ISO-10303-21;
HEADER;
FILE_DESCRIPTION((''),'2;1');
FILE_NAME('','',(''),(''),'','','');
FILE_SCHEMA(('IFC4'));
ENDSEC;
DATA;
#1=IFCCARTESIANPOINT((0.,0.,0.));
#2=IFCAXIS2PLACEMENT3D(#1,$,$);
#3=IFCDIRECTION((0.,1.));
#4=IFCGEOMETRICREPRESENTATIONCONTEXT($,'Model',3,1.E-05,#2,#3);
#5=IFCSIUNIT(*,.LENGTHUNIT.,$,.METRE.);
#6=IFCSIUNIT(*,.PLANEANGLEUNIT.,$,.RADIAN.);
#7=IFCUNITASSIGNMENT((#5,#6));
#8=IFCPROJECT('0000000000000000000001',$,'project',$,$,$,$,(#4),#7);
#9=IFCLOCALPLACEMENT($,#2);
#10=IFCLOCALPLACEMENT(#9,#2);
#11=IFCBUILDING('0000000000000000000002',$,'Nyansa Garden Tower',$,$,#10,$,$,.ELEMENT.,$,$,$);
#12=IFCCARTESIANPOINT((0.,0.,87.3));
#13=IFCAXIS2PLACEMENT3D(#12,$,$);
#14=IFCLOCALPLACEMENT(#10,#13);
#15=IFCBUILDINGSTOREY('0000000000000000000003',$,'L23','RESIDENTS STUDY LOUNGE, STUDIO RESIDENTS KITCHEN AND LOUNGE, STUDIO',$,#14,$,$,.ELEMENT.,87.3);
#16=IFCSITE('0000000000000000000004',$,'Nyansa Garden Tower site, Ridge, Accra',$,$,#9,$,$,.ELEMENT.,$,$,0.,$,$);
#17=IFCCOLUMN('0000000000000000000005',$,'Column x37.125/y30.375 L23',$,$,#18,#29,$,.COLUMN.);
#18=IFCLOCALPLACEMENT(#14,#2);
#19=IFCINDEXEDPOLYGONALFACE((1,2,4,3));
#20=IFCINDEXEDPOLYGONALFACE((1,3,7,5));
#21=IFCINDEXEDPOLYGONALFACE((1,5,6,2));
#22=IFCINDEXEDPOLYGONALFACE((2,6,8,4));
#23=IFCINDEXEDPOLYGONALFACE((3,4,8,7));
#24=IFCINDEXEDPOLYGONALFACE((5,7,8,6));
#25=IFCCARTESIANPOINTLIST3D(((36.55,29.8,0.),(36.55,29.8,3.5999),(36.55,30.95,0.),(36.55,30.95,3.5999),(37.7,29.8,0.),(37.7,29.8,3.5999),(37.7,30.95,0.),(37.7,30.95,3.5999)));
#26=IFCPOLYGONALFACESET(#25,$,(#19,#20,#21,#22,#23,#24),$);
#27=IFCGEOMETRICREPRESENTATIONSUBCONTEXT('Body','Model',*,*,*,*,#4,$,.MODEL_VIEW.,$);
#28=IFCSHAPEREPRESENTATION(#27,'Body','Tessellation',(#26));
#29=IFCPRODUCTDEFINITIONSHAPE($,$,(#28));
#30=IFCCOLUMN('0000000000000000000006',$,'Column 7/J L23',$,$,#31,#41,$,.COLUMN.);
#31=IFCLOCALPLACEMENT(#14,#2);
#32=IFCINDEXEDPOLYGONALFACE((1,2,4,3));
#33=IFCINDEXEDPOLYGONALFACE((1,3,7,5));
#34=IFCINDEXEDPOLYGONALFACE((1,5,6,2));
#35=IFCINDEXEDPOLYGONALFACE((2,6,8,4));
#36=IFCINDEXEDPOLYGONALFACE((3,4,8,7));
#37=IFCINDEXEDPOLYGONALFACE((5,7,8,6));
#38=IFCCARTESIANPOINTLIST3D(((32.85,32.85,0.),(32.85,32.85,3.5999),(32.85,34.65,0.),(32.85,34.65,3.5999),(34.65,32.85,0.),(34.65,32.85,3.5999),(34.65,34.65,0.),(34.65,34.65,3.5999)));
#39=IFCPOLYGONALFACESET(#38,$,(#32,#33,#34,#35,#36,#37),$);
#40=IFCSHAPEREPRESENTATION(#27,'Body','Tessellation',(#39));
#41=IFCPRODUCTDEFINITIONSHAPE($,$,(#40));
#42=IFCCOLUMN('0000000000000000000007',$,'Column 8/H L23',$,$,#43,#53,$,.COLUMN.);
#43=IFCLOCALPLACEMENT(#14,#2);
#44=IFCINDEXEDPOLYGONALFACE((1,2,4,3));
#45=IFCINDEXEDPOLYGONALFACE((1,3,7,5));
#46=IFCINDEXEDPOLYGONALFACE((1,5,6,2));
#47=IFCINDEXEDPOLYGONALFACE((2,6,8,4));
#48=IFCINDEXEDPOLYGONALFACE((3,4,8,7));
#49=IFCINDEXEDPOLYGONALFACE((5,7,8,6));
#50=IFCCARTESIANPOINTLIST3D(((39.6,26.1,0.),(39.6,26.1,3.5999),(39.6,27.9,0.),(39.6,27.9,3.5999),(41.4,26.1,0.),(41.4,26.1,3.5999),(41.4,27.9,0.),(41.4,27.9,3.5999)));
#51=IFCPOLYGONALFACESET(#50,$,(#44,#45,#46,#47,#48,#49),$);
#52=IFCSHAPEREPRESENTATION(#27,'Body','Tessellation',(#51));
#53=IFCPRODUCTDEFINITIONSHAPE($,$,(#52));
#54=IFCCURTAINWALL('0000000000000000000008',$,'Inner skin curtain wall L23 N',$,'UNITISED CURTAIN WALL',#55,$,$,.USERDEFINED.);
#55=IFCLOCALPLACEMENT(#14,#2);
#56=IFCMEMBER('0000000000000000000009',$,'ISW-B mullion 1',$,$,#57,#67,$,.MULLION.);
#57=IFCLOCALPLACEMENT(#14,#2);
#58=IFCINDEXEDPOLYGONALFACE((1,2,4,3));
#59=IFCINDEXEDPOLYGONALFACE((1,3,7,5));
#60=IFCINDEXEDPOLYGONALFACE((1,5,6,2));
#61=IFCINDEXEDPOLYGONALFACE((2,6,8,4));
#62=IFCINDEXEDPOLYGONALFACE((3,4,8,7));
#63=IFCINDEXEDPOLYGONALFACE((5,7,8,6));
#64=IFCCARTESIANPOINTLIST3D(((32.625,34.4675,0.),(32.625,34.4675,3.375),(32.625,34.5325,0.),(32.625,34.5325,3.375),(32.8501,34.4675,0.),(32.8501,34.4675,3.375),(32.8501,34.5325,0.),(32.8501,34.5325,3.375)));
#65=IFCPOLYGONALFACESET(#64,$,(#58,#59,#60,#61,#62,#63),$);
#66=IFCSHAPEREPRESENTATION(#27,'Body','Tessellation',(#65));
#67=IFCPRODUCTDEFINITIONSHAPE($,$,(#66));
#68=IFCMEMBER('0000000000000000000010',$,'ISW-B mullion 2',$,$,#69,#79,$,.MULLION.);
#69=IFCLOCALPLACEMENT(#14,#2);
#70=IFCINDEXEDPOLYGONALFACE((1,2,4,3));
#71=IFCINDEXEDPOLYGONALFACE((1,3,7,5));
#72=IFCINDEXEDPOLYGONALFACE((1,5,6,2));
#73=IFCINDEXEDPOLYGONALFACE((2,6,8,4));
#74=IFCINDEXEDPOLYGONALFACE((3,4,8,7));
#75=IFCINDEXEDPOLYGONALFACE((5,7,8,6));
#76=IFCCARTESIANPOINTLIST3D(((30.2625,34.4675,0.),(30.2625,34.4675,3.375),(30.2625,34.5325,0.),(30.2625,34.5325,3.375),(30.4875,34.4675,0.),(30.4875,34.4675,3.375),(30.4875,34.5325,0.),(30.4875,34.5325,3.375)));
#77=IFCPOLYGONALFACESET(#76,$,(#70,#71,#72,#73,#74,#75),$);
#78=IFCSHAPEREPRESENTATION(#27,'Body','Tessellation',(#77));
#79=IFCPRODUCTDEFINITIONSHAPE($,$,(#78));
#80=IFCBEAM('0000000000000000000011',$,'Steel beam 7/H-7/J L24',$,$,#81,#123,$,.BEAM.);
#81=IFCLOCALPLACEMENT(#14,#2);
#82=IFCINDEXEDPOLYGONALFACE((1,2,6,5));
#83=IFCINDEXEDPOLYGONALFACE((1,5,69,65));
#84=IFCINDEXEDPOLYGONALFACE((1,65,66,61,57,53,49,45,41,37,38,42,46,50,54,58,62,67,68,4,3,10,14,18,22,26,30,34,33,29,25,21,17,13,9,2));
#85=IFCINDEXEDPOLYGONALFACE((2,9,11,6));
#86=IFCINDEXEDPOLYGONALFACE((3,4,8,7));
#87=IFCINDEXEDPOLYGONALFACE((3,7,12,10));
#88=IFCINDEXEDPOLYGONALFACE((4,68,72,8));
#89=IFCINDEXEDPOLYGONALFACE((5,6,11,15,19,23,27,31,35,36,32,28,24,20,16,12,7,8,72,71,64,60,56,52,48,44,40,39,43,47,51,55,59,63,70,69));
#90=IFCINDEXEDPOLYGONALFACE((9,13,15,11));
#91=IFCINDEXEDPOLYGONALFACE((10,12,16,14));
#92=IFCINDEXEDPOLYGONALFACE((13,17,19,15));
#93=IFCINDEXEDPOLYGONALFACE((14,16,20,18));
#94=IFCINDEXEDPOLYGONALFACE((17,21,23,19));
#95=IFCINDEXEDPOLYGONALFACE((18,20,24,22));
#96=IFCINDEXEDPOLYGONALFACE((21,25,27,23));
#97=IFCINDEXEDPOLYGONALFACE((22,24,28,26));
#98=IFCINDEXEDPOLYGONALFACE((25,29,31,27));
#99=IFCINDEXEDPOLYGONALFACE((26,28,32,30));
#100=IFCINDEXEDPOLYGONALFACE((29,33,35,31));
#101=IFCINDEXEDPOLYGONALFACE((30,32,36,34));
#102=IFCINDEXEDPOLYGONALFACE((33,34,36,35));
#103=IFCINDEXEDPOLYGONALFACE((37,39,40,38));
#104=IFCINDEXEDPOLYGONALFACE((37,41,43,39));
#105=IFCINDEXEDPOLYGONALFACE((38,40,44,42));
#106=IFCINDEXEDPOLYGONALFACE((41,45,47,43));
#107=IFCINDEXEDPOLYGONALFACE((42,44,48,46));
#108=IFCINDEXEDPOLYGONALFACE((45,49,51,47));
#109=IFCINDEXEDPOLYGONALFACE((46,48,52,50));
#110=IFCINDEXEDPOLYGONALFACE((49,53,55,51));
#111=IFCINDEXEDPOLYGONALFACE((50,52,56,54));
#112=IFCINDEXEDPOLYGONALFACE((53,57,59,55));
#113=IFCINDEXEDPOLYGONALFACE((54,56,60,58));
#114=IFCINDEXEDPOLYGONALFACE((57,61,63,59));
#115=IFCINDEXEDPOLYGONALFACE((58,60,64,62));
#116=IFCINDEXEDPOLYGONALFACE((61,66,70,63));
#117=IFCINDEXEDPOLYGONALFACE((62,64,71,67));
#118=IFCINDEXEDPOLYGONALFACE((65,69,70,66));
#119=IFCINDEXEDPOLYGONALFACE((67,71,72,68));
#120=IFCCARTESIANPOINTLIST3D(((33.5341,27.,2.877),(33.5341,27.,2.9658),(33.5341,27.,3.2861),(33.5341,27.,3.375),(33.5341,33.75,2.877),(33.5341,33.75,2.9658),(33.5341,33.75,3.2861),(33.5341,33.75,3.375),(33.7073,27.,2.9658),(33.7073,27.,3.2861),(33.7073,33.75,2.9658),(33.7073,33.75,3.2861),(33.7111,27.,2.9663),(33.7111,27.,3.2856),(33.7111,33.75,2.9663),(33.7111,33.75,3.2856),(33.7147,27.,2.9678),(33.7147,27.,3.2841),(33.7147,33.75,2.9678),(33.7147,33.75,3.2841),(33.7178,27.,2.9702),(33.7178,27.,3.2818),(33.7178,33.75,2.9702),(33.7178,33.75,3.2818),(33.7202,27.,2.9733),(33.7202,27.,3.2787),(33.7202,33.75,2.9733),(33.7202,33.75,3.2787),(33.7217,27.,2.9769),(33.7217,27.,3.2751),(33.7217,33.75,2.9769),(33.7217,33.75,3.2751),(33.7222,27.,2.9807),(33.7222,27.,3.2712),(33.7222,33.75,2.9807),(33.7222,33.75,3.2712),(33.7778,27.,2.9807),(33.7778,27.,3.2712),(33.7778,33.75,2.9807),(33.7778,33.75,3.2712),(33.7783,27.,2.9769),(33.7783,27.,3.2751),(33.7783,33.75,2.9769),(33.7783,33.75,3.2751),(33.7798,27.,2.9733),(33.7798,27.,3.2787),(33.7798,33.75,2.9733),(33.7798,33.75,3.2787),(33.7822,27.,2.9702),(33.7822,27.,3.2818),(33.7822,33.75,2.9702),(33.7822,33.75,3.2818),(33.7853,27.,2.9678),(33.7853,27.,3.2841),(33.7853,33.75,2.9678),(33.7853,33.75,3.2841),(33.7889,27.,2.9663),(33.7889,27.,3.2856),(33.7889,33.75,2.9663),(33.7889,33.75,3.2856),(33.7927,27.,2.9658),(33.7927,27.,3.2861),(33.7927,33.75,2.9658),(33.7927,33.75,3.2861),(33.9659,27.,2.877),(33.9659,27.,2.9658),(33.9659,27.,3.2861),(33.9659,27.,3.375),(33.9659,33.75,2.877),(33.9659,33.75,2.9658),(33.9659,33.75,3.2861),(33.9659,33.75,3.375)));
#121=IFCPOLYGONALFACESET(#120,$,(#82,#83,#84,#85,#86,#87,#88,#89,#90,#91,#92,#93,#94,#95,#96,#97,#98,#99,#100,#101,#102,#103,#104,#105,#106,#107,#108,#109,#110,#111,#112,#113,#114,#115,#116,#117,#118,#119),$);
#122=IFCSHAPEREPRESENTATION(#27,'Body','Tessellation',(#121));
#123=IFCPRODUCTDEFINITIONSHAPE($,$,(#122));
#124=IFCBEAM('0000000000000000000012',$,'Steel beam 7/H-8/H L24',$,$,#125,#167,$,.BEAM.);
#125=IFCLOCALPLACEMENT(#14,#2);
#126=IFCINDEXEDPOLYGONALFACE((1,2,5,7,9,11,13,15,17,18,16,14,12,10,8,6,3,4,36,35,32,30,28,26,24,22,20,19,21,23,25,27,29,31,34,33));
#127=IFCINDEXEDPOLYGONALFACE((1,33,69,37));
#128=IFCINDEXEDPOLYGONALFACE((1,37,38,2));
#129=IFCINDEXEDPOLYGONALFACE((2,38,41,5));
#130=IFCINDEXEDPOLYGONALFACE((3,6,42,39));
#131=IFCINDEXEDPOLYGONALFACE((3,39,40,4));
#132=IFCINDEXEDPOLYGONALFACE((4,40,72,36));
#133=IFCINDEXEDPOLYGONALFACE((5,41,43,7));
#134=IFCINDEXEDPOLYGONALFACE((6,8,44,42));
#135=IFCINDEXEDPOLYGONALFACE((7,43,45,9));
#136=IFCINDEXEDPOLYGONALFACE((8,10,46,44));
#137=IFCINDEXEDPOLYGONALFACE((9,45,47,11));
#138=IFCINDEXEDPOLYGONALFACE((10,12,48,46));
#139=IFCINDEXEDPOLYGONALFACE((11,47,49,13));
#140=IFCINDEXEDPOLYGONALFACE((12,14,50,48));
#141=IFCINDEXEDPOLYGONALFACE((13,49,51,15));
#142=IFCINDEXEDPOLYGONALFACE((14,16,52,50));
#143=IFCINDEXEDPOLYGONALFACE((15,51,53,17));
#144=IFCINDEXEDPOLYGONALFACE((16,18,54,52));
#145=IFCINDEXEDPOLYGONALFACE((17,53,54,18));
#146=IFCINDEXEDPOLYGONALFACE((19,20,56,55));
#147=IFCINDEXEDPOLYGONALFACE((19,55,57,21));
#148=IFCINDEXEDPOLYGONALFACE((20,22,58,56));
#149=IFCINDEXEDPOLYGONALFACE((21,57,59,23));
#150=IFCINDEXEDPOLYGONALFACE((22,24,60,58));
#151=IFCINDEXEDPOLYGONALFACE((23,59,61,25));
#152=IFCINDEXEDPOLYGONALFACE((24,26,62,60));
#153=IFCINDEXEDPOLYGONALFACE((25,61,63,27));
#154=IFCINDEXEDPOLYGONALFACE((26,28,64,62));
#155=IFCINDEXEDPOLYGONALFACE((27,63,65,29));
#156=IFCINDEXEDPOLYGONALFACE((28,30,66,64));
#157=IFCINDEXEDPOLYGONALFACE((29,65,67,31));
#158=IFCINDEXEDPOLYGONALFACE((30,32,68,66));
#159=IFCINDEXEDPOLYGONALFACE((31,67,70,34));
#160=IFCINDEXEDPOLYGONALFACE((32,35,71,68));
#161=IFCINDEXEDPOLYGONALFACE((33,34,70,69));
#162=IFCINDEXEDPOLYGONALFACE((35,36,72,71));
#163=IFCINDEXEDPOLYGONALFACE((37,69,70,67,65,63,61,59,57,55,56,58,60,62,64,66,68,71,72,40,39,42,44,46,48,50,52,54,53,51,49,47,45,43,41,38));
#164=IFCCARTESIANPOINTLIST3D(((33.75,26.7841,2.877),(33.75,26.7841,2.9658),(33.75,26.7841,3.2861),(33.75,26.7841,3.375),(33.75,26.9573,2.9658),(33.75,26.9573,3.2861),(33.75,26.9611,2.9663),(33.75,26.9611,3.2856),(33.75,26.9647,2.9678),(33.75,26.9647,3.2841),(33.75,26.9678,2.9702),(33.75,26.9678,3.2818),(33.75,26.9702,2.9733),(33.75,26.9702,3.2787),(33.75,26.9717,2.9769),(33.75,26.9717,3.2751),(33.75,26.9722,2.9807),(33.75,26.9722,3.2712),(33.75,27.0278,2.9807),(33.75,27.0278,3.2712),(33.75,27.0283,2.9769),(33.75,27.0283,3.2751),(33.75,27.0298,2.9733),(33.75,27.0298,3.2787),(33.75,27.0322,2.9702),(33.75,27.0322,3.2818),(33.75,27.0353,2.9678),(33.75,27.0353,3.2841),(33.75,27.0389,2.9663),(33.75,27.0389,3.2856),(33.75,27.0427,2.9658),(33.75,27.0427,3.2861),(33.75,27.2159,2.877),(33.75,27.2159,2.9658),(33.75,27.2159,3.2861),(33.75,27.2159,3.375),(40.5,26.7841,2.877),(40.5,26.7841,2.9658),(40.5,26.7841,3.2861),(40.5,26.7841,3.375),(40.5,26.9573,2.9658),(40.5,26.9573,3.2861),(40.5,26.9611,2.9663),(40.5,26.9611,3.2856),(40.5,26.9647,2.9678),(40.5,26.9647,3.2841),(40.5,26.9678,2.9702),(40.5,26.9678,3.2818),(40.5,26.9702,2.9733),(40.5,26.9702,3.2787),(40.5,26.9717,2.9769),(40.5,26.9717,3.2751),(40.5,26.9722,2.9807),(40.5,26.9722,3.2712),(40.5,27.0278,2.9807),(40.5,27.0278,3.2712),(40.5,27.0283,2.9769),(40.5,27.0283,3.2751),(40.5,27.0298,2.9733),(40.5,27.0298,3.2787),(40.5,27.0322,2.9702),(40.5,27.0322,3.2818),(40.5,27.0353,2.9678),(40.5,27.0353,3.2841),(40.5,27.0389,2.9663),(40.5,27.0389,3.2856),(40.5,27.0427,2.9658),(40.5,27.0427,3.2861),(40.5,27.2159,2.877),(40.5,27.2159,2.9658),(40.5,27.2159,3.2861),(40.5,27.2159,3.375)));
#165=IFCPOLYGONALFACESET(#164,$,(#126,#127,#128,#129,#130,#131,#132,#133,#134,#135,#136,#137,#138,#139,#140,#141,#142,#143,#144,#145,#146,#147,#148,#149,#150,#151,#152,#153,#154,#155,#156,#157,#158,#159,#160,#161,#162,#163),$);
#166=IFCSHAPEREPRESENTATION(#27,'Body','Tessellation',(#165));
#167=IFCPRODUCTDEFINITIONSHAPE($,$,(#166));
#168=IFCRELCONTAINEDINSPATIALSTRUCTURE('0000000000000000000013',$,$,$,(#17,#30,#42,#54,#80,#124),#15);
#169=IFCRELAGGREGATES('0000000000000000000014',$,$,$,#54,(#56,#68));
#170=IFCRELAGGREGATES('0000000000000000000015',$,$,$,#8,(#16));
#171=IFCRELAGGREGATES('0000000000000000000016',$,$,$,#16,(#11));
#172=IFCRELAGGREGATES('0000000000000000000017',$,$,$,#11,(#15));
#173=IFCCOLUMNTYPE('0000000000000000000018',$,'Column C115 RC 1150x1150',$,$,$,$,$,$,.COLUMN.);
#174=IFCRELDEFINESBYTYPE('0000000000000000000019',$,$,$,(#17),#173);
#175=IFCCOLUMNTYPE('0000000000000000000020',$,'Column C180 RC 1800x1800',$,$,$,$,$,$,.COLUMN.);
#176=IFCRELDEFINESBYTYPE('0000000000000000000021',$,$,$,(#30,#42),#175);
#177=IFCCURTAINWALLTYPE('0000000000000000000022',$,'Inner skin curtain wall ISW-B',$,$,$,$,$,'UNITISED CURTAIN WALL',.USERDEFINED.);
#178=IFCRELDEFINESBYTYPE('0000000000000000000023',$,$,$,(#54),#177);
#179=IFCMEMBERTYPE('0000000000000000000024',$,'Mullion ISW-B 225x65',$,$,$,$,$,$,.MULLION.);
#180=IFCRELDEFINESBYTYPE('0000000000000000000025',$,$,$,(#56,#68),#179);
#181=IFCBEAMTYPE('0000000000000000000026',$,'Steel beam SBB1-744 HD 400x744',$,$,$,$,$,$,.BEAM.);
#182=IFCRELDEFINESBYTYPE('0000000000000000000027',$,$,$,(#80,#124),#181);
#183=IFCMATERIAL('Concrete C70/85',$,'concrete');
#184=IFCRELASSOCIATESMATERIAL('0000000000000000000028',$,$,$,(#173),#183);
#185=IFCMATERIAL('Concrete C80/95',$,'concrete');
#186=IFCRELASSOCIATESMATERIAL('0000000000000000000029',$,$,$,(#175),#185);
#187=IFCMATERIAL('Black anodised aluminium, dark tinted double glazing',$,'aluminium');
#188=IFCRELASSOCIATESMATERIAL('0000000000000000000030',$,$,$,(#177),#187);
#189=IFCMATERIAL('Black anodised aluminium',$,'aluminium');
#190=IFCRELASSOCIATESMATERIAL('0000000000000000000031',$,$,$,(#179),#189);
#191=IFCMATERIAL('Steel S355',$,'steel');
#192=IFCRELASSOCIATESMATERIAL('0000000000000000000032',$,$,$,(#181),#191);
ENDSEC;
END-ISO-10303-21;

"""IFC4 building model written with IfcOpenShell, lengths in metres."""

from ifc_helpers import new_model, si_unit, direction, frame, origin, origin_2d, place, context, subcontext, project, spatial, rectangle, i_section, extrude, material, material_profile, profile_set, type_object, element, aggregate, save


model = new_model("IFC4")

# Units and contexts
model_context = context("Model", 3, precision=1e-05, world=origin(), true_north=direction((0.0, 1.0)))
body_context = subcontext(model_context, "Body", "Model", "MODEL_VIEW")
ifc_project = project(units=[si_unit("LENGTHUNIT", "METRE"), si_unit("PLANEANGLEUNIT", "RADIAN")], contexts=[model_context])

# Site, building, storey
site_placement = place(None, origin())
site = spatial("IfcSite", under=ifc_project, at=site_placement, Name="Nyansa Garden Tower site, Ridge, Accra", CompositionType="ELEMENT", RefElevation=0.0)
building_placement = place(site_placement, origin())
building = spatial("IfcBuilding", under=site, at=building_placement, Name="Nyansa Garden Tower", CompositionType="ELEMENT")
storey_placement = place(building_placement, frame((0.0, 0.0, 87.3)))
storey = spatial("IfcBuildingStorey", under=building, at=storey_placement, Name="L23", Description="RESIDENTS STUDY LOUNGE, STUDIO RESIDENTS KITCHEN AND LOUNGE, STUDIO", CompositionType="ELEMENT", Elevation=87.3)

# Columns
ifc_material_1 = material(Name="Concrete C70/85", Category="concrete")
ifc_material_profile_1 = material_profile(ifc_material_1, rectangle(XDim=1.1499, YDim=1.1499, at=origin_2d()), Name="RC 1150x1150")
ifc_profile_set_1 = profile_set([ifc_material_profile_1], Name="Concrete C70/85")
column_type_1 = type_object("IfcColumnType", Name="Column C115 RC 1150x1150", PredefinedType="COLUMN", material=ifc_profile_set_1)
column_placement = place(storey_placement, frame((37.125, 30.375, 0.0), z_axis=(0.0, 0.0, 1.0), x_axis=(1.0, 0.0, 0.0)))
element("IfcColumn", 1, at=column_placement, inside=storey, type_object=column_type_1, Name="Column x37.125/y30.375 L23", PredefinedType="COLUMN", context=body_context, shape_type="SweptSolid", body=[
    extrude(rectangle(XDim=1.1499, YDim=1.1499, at=origin_2d()), origin(), (0.0, 0.0, 1.0), 3.5999),
])
ifc_material_2 = material(Name="Concrete C80/95", Category="concrete")
ifc_material_profile_2 = material_profile(ifc_material_2, rectangle(XDim=1.8, YDim=1.8, at=origin_2d()), Name="RC 1800x1800")
ifc_profile_set_2 = profile_set([ifc_material_profile_2], Name="Concrete C80/95")
column_type_2 = type_object("IfcColumnType", Name="Column C180 RC 1800x1800", PredefinedType="COLUMN", material=ifc_profile_set_2)
for number, where, z_axis, x_axis, name in (
    (2, (33.75, 33.75, 0.0), (0.0, 0.0, 1.0), (1.0, 0.0, 0.0), "Column 7/J L23"),
    (3, (40.5, 27.0, 0.0), (0.0, 0.0, 1.0), (1.0, 0.0, 0.0), "Column 8/H L23"),
):
    element("IfcColumn", number, at=place(storey_placement, frame(where, z_axis=z_axis, x_axis=x_axis)), inside=storey, type_object=column_type_2, Name=name, PredefinedType="COLUMN", context=body_context, shape_type="SweptSolid", body=[
        extrude(rectangle(XDim=1.8, YDim=1.8, at=origin_2d()), origin(), (0.0, 0.0, 1.0), 3.5999),
    ])

# Curtain wall, members
ifc_material_3 = material(Name="Black anodised aluminium, dark tinted double glazing", Category="aluminium")
curtain_wall_type = type_object("IfcCurtainWallType", Name="Inner skin curtain wall ISW-B", ElementType="UNITISED CURTAIN WALL", PredefinedType="USERDEFINED", material=ifc_material_3)
curtain_wall_placement = place(storey_placement, origin())
curtain_wall = element("IfcCurtainWall", 4, at=curtain_wall_placement, inside=storey, type_object=curtain_wall_type, Name="Inner skin curtain wall L23 N", ObjectType="UNITISED CURTAIN WALL", PredefinedType="USERDEFINED")
ifc_material_4 = material(Name="Black anodised aluminium", Category="aluminium")
ifc_material_profile_3 = material_profile(ifc_material_4, rectangle(XDim=0.0649, YDim=0.2251, at=origin_2d()), Name="Mullion 225x65")
ifc_profile_set_3 = profile_set([ifc_material_profile_3], Name="Black anodised aluminium")
member_type_1 = type_object("IfcMemberType", Name="Mullion ISW-B 225x65", PredefinedType="MULLION", material=ifc_profile_set_3)
member_1_placement = place(storey_placement, frame((32.7375, 34.5, 0.0), z_axis=(0.0, 0.0, 1.0), x_axis=(0.0, -1.0, 0.0)))
member_1 = element("IfcMember", 5, at=member_1_placement, type_object=member_type_1, Name="ISW-B mullion 1", PredefinedType="MULLION", context=body_context, shape_type="SweptSolid", body=[
    extrude(rectangle(XDim=0.0649, YDim=0.2251, at=origin_2d()), origin(), (0.0, 0.0, 1.0), 3.375),
])
member_2_placement = place(storey_placement, frame((30.375, 34.5, 0.0), z_axis=(0.0, 0.0, 1.0), x_axis=(0.0, -1.0, 0.0)))
member_2 = element("IfcMember", 6, at=member_2_placement, type_object=member_type_1, Name="ISW-B mullion 2", PredefinedType="MULLION", context=body_context, shape_type="SweptSolid", body=[
    extrude(rectangle(XDim=0.0649, YDim=0.2251, at=origin_2d()), origin(), (0.0, 0.0, 1.0), 3.375),
])

# Beams
ifc_material_5 = material(Name="Steel S355", Category="steel")
ifc_material_profile_4 = material_profile(ifc_material_5, i_section(OverallWidth=0.4319, OverallDepth=0.498, WebThickness=0.0557, FlangeThickness=0.0889, FilletRadius=0.0149, at=origin_2d()), Name="HD 400x744")
ifc_profile_set_4 = profile_set([ifc_material_profile_4], Name="Steel S355")
beam_type_1 = type_object("IfcBeamType", Name="Steel beam SBB1-744 HD 400x744", PredefinedType="BEAM", material=ifc_profile_set_4)
for number, where, z_axis, x_axis, name in (
    (7, (33.75, 27.0, 3.126), (0.0, 1.0, 0.0), (-1.0, 0.0, 0.0), "Steel beam 7/H-7/J L24"),
    (8, (33.75, 27.0, 3.126), (1.0, 0.0, 0.0), (0.0, 1.0, 0.0), "Steel beam 7/H-8/H L24"),
):
    element("IfcBeam", number, at=place(storey_placement, frame(where, z_axis=z_axis, x_axis=x_axis)), inside=storey, type_object=beam_type_1, Name=name, PredefinedType="BEAM", context=body_context, shape_type="SweptSolid", body=[
        extrude(i_section(OverallWidth=0.4319, OverallDepth=0.498, WebThickness=0.0557, FlangeThickness=0.0889, FilletRadius=0.0149, at=origin_2d()), origin(), (0.0, 0.0, 1.0), 6.75),
    ])

aggregate(curtain_wall, [member_1, member_2])

save(model, "model.ifc")
